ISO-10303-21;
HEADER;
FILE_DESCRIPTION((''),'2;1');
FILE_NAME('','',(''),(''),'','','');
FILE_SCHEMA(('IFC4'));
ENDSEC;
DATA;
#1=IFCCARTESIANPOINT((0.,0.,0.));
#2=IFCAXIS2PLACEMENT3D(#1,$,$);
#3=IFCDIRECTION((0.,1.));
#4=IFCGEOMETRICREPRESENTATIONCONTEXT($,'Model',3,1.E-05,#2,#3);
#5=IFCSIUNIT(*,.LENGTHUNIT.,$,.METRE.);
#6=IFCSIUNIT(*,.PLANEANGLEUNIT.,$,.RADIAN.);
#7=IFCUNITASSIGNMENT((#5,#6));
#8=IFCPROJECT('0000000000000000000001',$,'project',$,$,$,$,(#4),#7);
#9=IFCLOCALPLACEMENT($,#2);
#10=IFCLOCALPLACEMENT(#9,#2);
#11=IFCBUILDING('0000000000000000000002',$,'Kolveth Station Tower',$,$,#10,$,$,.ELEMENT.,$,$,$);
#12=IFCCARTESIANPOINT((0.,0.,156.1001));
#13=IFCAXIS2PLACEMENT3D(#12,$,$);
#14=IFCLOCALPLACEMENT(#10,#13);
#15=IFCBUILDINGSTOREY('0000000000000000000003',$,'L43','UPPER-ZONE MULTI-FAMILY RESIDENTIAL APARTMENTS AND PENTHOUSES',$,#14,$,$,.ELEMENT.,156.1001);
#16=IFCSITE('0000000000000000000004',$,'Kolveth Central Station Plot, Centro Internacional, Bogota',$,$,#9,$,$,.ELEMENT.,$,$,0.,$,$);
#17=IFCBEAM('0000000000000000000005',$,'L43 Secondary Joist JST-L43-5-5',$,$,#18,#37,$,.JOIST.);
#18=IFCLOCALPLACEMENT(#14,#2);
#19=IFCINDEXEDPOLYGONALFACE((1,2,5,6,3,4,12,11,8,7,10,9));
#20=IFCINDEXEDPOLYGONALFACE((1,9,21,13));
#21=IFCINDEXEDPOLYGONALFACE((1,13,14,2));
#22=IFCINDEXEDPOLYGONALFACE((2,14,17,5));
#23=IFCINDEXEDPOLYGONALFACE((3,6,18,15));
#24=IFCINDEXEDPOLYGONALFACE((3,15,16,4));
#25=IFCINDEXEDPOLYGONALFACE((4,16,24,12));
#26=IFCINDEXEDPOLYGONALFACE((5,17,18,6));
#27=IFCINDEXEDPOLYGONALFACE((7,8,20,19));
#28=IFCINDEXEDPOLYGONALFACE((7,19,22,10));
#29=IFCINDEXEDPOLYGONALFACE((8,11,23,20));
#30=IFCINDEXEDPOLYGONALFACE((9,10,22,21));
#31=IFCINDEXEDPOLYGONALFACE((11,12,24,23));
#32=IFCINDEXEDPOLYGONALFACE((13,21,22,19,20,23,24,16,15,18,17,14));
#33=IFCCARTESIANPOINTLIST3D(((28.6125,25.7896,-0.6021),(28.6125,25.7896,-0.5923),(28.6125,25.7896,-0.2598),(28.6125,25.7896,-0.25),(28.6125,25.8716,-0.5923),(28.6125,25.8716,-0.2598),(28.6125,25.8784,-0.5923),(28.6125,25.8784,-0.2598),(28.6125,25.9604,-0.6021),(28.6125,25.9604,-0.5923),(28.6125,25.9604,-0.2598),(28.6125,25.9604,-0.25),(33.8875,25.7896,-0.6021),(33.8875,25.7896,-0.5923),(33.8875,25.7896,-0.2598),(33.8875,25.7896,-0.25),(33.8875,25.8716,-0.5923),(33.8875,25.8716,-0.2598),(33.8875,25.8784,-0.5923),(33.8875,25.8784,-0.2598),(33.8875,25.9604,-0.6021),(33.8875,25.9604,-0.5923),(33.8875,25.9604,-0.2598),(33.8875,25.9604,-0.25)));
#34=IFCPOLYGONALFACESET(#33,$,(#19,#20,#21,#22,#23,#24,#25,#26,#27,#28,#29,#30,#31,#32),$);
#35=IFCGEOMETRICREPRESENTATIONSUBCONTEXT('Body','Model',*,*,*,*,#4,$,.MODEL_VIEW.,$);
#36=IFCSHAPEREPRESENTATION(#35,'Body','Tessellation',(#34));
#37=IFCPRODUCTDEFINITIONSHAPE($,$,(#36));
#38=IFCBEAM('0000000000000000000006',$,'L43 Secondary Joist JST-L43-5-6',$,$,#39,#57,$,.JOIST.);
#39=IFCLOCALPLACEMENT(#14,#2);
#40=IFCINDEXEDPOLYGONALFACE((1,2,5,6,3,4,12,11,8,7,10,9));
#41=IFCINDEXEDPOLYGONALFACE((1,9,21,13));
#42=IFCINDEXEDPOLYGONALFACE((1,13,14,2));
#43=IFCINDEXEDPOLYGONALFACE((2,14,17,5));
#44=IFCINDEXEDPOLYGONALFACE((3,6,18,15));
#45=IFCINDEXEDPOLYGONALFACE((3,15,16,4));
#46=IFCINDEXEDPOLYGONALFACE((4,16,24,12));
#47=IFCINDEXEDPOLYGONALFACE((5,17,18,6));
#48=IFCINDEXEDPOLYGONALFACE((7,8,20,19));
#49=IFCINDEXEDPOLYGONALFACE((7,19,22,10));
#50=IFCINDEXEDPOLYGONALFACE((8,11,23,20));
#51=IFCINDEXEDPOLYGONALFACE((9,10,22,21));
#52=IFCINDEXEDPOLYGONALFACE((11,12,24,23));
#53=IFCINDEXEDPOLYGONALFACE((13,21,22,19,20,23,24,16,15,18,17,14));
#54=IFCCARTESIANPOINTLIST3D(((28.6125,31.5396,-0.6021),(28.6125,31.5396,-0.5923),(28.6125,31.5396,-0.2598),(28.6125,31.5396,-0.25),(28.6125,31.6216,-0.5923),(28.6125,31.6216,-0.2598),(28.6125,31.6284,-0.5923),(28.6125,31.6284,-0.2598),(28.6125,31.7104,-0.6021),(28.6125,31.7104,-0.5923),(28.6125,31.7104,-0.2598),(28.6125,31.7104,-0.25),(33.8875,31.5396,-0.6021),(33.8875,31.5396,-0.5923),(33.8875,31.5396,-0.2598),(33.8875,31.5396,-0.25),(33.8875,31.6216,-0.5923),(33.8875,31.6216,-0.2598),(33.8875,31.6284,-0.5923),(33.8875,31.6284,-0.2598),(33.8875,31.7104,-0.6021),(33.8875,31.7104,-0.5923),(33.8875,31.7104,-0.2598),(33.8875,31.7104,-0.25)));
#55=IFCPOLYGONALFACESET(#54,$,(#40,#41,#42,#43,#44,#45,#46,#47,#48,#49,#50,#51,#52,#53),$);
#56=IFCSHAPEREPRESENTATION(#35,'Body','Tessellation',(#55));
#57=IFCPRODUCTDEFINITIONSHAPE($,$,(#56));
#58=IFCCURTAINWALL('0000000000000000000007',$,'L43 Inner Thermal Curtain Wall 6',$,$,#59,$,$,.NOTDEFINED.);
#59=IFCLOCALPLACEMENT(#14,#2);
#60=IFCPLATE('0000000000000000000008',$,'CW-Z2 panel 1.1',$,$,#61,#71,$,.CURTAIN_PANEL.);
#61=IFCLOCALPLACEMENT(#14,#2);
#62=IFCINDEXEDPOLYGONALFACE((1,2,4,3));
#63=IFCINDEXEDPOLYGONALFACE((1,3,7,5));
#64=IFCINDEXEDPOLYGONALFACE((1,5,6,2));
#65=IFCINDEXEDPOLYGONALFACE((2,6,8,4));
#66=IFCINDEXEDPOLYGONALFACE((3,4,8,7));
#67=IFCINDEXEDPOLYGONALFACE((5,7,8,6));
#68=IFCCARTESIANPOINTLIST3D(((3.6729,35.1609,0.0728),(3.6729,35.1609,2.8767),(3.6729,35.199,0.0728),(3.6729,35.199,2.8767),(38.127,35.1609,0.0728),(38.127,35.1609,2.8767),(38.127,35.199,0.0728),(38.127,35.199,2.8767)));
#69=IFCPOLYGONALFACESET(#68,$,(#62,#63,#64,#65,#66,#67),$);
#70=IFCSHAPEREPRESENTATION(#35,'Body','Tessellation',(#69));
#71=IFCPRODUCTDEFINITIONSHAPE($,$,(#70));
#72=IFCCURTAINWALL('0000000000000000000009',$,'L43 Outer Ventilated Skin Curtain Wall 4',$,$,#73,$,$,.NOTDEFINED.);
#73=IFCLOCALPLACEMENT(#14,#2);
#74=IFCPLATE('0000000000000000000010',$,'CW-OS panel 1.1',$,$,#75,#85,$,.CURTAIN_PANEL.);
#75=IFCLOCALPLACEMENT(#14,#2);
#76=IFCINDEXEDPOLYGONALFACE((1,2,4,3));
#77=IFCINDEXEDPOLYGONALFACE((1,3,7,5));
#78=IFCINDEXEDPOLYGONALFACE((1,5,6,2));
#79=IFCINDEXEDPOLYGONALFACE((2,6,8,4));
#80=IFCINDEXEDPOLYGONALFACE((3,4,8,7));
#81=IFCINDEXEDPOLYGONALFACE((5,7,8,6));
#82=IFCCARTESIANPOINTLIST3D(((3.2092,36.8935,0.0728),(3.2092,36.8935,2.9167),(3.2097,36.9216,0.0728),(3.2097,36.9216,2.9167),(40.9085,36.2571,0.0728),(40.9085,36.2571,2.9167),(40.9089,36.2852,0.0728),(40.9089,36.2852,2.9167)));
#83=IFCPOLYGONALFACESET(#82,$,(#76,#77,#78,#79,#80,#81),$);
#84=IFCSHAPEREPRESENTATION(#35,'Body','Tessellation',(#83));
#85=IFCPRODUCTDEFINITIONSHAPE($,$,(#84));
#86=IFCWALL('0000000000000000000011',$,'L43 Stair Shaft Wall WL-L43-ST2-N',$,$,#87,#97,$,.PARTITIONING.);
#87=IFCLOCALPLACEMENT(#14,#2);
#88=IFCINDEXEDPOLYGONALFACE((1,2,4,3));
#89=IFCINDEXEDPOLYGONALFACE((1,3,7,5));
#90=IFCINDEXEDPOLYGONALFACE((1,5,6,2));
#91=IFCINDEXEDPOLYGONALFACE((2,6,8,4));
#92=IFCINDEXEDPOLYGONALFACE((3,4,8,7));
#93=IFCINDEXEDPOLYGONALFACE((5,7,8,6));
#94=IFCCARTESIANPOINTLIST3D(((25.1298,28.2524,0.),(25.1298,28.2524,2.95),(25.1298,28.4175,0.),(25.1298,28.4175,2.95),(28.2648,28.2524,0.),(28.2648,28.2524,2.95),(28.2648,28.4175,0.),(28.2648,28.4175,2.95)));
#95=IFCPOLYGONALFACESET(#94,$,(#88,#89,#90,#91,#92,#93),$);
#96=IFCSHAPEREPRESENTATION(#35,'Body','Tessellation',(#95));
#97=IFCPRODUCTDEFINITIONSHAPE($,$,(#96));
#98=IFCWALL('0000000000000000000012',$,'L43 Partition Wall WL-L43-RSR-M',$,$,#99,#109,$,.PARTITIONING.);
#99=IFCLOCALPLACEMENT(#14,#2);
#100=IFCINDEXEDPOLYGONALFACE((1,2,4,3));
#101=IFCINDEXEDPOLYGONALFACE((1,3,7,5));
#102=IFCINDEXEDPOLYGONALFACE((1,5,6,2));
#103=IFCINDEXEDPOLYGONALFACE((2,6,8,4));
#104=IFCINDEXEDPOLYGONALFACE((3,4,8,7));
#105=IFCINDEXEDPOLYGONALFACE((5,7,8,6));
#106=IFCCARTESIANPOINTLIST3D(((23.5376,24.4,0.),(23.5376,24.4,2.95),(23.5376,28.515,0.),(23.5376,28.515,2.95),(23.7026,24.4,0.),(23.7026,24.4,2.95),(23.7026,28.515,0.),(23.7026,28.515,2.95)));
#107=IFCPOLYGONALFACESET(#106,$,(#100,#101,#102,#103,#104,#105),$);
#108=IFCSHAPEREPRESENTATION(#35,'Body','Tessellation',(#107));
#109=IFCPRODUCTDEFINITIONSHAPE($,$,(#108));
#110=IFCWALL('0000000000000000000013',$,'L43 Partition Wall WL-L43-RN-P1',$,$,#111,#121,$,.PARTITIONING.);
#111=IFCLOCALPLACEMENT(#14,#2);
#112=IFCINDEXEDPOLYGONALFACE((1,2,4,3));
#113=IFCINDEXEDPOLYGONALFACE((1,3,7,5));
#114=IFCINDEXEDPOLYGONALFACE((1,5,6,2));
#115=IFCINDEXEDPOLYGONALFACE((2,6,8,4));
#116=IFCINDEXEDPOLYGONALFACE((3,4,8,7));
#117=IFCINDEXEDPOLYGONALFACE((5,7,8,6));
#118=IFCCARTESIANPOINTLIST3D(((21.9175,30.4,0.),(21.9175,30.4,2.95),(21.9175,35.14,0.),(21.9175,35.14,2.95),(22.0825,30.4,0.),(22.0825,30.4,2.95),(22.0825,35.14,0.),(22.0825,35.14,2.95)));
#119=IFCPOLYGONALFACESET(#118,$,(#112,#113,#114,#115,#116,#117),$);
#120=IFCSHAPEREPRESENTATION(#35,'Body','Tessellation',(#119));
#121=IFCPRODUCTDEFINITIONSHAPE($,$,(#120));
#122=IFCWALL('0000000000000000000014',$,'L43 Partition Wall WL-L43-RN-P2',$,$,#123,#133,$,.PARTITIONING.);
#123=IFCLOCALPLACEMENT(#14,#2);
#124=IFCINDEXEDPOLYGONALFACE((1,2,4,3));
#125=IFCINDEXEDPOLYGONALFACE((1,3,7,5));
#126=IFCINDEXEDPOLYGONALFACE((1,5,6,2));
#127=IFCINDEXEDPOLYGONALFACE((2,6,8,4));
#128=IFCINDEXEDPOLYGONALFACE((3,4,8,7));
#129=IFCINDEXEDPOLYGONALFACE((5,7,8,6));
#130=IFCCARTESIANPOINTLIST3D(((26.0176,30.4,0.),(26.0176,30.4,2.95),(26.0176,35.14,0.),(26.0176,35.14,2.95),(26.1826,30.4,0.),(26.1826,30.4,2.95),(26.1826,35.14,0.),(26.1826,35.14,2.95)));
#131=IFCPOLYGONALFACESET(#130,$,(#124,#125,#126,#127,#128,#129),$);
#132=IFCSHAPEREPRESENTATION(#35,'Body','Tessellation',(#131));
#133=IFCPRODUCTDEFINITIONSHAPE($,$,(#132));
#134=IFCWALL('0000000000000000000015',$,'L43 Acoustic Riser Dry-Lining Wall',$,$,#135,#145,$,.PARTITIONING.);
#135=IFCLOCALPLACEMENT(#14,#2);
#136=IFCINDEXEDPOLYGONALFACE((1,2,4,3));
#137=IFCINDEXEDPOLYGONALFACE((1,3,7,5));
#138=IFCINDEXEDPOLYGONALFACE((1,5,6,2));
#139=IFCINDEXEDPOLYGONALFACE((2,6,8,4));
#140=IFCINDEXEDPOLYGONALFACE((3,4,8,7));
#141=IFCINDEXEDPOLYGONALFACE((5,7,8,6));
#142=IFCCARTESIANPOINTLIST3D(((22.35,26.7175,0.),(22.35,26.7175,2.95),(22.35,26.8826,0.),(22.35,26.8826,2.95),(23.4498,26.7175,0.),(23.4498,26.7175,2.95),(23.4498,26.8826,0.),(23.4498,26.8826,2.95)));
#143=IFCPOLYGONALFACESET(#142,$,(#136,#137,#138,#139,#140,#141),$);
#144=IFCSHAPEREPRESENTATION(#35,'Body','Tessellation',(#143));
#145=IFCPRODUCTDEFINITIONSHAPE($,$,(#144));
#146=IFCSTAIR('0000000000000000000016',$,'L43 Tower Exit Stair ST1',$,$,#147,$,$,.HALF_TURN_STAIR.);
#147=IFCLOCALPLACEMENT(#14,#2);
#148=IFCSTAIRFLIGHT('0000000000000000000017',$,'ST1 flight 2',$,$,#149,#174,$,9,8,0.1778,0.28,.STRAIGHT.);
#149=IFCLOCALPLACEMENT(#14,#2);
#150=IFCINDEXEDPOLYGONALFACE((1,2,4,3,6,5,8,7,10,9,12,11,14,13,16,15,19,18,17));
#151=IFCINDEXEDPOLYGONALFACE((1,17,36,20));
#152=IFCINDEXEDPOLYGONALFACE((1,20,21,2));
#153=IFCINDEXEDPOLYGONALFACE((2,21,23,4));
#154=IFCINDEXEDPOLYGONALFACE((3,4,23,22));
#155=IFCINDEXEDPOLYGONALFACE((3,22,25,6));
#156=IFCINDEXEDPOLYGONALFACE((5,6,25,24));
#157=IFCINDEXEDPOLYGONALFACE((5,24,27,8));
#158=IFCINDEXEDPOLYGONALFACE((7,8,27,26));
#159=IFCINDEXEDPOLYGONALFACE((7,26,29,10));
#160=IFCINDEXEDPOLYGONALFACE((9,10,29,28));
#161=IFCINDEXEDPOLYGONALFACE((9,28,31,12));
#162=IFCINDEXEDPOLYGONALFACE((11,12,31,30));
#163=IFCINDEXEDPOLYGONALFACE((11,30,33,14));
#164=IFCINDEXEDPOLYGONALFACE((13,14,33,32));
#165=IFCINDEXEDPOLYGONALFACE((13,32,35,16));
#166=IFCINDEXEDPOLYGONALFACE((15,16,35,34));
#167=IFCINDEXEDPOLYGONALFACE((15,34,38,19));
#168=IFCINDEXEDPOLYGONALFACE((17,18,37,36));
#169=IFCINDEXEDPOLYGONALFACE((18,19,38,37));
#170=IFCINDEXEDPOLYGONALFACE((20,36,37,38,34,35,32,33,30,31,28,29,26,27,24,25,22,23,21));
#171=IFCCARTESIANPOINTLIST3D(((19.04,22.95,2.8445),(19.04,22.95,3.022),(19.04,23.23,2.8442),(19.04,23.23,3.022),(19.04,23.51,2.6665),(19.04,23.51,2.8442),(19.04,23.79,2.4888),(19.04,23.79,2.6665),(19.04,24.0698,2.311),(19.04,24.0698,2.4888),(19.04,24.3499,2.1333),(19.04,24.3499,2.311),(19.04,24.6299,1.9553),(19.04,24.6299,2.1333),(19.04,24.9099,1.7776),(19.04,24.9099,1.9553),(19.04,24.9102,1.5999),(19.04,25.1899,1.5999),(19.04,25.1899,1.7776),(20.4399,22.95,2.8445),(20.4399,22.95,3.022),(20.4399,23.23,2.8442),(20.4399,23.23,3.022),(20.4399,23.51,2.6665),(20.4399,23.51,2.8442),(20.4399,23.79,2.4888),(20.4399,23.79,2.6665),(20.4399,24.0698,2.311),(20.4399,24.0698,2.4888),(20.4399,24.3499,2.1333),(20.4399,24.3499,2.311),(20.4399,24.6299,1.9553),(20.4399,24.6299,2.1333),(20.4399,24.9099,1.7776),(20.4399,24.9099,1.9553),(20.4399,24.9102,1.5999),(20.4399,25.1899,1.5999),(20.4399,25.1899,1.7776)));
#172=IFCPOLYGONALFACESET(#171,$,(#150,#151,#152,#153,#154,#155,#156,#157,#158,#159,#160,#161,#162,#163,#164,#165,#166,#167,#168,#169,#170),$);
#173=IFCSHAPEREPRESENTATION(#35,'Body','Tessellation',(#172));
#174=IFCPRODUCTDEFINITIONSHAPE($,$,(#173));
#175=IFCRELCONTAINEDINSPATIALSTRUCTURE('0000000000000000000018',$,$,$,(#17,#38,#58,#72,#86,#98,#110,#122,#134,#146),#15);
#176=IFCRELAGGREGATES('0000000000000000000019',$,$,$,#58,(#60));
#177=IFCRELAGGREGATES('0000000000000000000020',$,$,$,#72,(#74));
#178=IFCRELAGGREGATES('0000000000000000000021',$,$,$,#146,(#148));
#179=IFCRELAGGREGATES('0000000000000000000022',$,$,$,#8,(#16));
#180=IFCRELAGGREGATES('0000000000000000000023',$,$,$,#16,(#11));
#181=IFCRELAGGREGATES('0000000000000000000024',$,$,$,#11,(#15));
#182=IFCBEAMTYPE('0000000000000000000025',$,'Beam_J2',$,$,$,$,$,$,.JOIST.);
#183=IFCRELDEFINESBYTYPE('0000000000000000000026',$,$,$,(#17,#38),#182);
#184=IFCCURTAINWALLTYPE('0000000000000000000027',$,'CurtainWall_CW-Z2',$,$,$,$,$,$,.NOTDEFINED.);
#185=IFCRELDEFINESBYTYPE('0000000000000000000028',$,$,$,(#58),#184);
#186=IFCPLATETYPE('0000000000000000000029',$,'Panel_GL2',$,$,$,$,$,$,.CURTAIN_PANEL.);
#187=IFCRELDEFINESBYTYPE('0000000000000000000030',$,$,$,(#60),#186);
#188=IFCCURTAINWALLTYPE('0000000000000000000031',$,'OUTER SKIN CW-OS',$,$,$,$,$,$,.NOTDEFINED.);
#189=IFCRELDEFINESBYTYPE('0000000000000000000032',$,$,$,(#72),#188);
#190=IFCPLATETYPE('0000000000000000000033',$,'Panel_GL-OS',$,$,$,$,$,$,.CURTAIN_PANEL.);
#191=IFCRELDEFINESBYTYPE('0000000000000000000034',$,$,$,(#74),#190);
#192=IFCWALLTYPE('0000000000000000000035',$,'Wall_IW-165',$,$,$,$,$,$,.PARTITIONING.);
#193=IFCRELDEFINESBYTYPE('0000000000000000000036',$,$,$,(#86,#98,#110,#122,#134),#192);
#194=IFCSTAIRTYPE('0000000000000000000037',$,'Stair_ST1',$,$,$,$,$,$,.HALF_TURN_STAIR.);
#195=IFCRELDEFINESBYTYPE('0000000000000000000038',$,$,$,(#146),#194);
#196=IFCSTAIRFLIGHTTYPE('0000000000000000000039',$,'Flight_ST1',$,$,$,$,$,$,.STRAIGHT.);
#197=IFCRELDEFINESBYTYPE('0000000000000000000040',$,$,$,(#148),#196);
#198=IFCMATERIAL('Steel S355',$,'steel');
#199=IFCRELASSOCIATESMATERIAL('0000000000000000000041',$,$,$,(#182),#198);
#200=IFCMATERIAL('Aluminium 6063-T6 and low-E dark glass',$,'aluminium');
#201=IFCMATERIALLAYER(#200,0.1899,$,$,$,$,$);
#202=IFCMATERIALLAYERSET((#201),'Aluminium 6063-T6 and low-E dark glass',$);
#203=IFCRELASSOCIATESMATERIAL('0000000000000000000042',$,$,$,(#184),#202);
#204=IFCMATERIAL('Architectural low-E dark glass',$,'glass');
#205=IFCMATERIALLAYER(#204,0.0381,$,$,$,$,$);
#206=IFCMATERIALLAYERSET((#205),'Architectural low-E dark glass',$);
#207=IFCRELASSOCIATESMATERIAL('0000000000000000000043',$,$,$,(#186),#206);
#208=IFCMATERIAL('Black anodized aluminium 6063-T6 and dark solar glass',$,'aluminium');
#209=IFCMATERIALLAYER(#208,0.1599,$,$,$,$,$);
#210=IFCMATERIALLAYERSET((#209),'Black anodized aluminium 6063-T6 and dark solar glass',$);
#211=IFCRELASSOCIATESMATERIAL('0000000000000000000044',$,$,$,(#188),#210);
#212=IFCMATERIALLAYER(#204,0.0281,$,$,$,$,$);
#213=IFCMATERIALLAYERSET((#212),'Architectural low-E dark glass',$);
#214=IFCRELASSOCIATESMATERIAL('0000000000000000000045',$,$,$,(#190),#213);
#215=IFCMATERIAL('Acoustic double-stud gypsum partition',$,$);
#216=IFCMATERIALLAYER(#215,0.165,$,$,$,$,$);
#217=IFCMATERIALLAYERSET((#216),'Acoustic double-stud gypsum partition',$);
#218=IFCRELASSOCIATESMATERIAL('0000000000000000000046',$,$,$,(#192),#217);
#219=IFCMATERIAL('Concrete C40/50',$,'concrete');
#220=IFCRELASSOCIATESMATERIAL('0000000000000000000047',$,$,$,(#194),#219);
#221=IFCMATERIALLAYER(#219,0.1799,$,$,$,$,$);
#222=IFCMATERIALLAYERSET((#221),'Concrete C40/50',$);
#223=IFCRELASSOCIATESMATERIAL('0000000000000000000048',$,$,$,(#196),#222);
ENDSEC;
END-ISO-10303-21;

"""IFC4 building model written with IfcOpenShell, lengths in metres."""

from ifc_helpers import new_model, si_unit, direction, frame, frame_2d, origin, origin_2d, place, context, subcontext, project, spatial, polyline, rectangle, i_section, outline, extrude, source, transform, mapped, material, layer, layer_set, material_profile, profile_set, type_object, element, aggregate, save


model = new_model("IFC4")

# Units and contexts
model_context = context("Model", 3, precision=1e-05, world=origin(), true_north=direction((0.0, 1.0)))
body_context = subcontext(model_context, "Body", "Model", "MODEL_VIEW")
ifc_project = project(units=[si_unit("LENGTHUNIT", "METRE"), si_unit("PLANEANGLEUNIT", "RADIAN")], contexts=[model_context])

# Site, building, storey
site_placement = place(None, origin())
site = spatial("IfcSite", under=ifc_project, at=site_placement, Name="Kolveth Central Station Plot, Centro Internacional, Bogota", CompositionType="ELEMENT", RefElevation=0.0)
building_placement = place(site_placement, origin())
building = spatial("IfcBuilding", under=site, at=building_placement, Name="Kolveth Station Tower", CompositionType="ELEMENT")
storey_placement = place(building_placement, frame((0.0, 0.0, 156.1001)))
storey = spatial("IfcBuildingStorey", under=building, at=storey_placement, Name="L43", Description="UPPER-ZONE MULTI-FAMILY RESIDENTIAL APARTMENTS AND PENTHOUSES", CompositionType="ELEMENT", Elevation=156.1001)

# Shared definitions
ifc_material_1 = material(Name="Steel S355", Category="steel")

# Beams
ifc_material_profile_1 = material_profile(ifc_material_1, i_section(OverallWidth=0.1709, OverallDepth=0.3521, WebThickness=0.0068, FlangeThickness=0.0098, at=origin_2d()), Name="W360x44")
ifc_profile_set_1 = profile_set([ifc_material_profile_1], Name="Steel S355")
beam_type_1 = type_object("IfcBeamType", Name="Beam_J2", PredefinedType="JOIST", material=ifc_profile_set_1)
shared_shape_1 = source(origin(), body_context, "Body", "SweptSolid", [
    extrude(i_section(OverallWidth=0.1709, OverallDepth=0.3521, WebThickness=0.0068, FlangeThickness=0.0098, at=origin_2d()), origin(), (0.0, 0.0, 1.0), 5.2749),
])
for number, where, z_axis, x_axis, name in (
    (1, (28.6125, 25.875, -0.426), (1.0, 0.0, 0.0), (0.0, 1.0, 0.0), "L43 Secondary Joist JST-L43-5-5"),
    (2, (28.6125, 31.625, -0.426), (1.0, 0.0, 0.0), (0.0, 1.0, 0.0), "L43 Secondary Joist JST-L43-5-6"),
):
    element("IfcBeam", number, at=place(storey_placement, frame(where, z_axis=z_axis, x_axis=x_axis)), inside=storey, type_object=beam_type_1, Name=name, PredefinedType="JOIST", context=body_context, shape_type="MappedRepresentation", body=[
        mapped(shared_shape_1, transform((0.0, 0.0, 0.0), x_axis=(1.0, 0.0, 0.0), y_axis=(0.0, 1.0, 0.0), z_axis=(0.0, 0.0, 1.0), scale=1.0)),
    ])

# Curtain walls, plates
ifc_material_2 = material(Name="Aluminium 6063-T6 and low-E dark glass", Category="aluminium")
ifc_layer_1 = layer(ifc_material_2, 0.1899)
ifc_layer_set_1 = layer_set([ifc_layer_1], Name="Aluminium 6063-T6 and low-E dark glass")
curtain_wall_type_1 = type_object("IfcCurtainWallType", Name="CurtainWall_CW-Z2", PredefinedType="NOTDEFINED", material=ifc_layer_set_1)
curtain_wall_1_placement = place(storey_placement, origin())
curtain_wall_1 = element("IfcCurtainWall", 3, at=curtain_wall_1_placement, inside=storey, type_object=curtain_wall_type_1, Name="L43 Inner Thermal Curtain Wall 6", PredefinedType="NOTDEFINED")
ifc_material_3 = material(Name="Architectural low-E dark glass", Category="glass")
ifc_layer_2 = layer(ifc_material_3, 0.0381)
ifc_layer_set_2 = layer_set([ifc_layer_2], Name="Architectural low-E dark glass")
plate_type_1 = type_object("IfcPlateType", Name="Panel_GL2", PredefinedType="CURTAIN_PANEL", material=ifc_layer_set_2)
shared_shape_2 = source(origin(), body_context, "Body", "SweptSolid", [
    extrude(rectangle(XDim=34.4541, YDim=0.0381, at=origin_2d()), origin(), (0.0, 0.0, 1.0), 2.804),
])
plate_1_placement = place(storey_placement, frame((20.8999, 35.1799, 0.0728), z_axis=(0.0, 0.0, 1.0), x_axis=(-1.0, 0.0, 0.0)))
plate_1 = element("IfcPlate", 4, at=plate_1_placement, type_object=plate_type_1, Name="CW-Z2 panel 1.1", PredefinedType="CURTAIN_PANEL", context=body_context, shape_type="MappedRepresentation", body=[
    mapped(shared_shape_2, transform((0.0, 0.0, 0.0), x_axis=(1.0, 0.0, 0.0), y_axis=(0.0, 1.0, 0.0), z_axis=(0.0, 0.0, 1.0), scale=1.0)),
])
aggregate(curtain_wall_1, [plate_1])
ifc_material_4 = material(Name="Black anodized aluminium 6063-T6 and dark solar glass", Category="aluminium")
ifc_layer_3 = layer(ifc_material_4, 0.1599)
ifc_layer_set_3 = layer_set([ifc_layer_3], Name="Black anodized aluminium 6063-T6 and dark solar glass")
curtain_wall_type_2 = type_object("IfcCurtainWallType", Name="OUTER SKIN CW-OS", PredefinedType="NOTDEFINED", material=ifc_layer_set_3)
curtain_wall_2_placement = place(storey_placement, origin())
curtain_wall_2 = element("IfcCurtainWall", 5, at=curtain_wall_2_placement, inside=storey, type_object=curtain_wall_type_2, Name="L43 Outer Ventilated Skin Curtain Wall 4", PredefinedType="NOTDEFINED")
ifc_layer_4 = layer(ifc_material_3, 0.0281)
ifc_layer_set_4 = layer_set([ifc_layer_4], Name="Architectural low-E dark glass")
plate_type_2 = type_object("IfcPlateType", Name="Panel_GL-OS", PredefinedType="CURTAIN_PANEL", material=ifc_layer_set_4)
shared_shape_3 = source(origin(), body_context, "Body", "SweptSolid", [
    extrude(rectangle(XDim=37.7046, YDim=0.0281, at=origin_2d()), origin(), (0.0, 0.0, 1.0), 2.844),
])
plate_2_placement = place(storey_placement, frame((22.0591, 36.5894, 0.0728), z_axis=(0.0, 0.0, 1.0), x_axis=(-0.999858, 0.016878, 0.0)))
plate_2 = element("IfcPlate", 6, at=plate_2_placement, type_object=plate_type_2, Name="CW-OS panel 1.1", PredefinedType="CURTAIN_PANEL", context=body_context, shape_type="MappedRepresentation", body=[
    mapped(shared_shape_3, transform((0.0, 0.0, 0.0), x_axis=(1.0, 0.0, 0.0), y_axis=(0.0, 1.0, 0.0), z_axis=(0.0, 0.0, 1.0), scale=1.0)),
])
aggregate(curtain_wall_2, [plate_2])

# Walls
ifc_material_5 = material(Name="Acoustic double-stud gypsum partition")
ifc_layer_5 = layer(ifc_material_5, 0.165)
ifc_layer_set_5 = layer_set([ifc_layer_5], Name="Acoustic double-stud gypsum partition")
wall_type = type_object("IfcWallType", Name="Wall_IW-165", PredefinedType="PARTITIONING", material=ifc_layer_set_5)
wall_1_placement = place(storey_placement, frame((25.1299, 28.335, 0.0), z_axis=(0.0, 0.0, 1.0), x_axis=(1.0, 0.0, 0.0)))
element("IfcWall", 7, at=wall_1_placement, inside=storey, type_object=wall_type, Name="L43 Stair Shaft Wall WL-L43-ST2-N", PredefinedType="PARTITIONING", context=body_context, shape_type="SweptSolid", body=[
    extrude(rectangle(XDim=3.135, YDim=0.165, at=frame_2d((1.5674, 0.0))), origin(), (0.0, 0.0, 1.0), 2.95),
])
wall_2_placement = place(storey_placement, frame((23.6201, 24.3999, 0.0), z_axis=(0.0, 0.0, 1.0), x_axis=(0.0, 1.0, 0.0)))
element("IfcWall", 8, at=wall_2_placement, inside=storey, type_object=wall_type, Name="L43 Partition Wall WL-L43-RSR-M", PredefinedType="PARTITIONING", context=body_context, shape_type="SweptSolid", body=[
    extrude(rectangle(XDim=4.115, YDim=0.165, at=frame_2d((2.0576, 0.0))), origin(), (0.0, 0.0, 1.0), 2.95),
])
for number, where, z_axis, x_axis, name in (
    (9, (22.0, 30.3999, 0.0), (0.0, 0.0, 1.0), (0.0, 1.0, 0.0), "L43 Partition Wall WL-L43-RN-P1"),
    (10, (26.1001, 30.3999, 0.0), (0.0, 0.0, 1.0), (0.0, 1.0, 0.0), "L43 Partition Wall WL-L43-RN-P2"),
):
    element("IfcWall", number, at=place(storey_placement, frame(where, z_axis=z_axis, x_axis=x_axis)), inside=storey, type_object=wall_type, Name=name, PredefinedType="PARTITIONING", context=body_context, shape_type="SweptSolid", body=[
        extrude(rectangle(XDim=4.74, YDim=0.165, at=frame_2d((2.3701, 0.0))), origin(), (0.0, 0.0, 1.0), 2.95),
    ])
wall_3_placement = place(storey_placement, frame((22.3501, 26.8, 0.0), z_axis=(0.0, 0.0, 1.0), x_axis=(1.0, 0.0, 0.0)))
element("IfcWall", 11, at=wall_3_placement, inside=storey, type_object=wall_type, Name="L43 Acoustic Riser Dry-Lining Wall", PredefinedType="PARTITIONING", context=body_context, shape_type="SweptSolid", body=[
    extrude(rectangle(XDim=1.0999, YDim=0.165, at=frame_2d((0.5498, 0.0))), origin(), (0.0, 0.0, 1.0), 2.95),
])

# Stair, stair flight
ifc_material_6 = material(Name="Concrete C40/50", Category="concrete")
stair_type_1 = type_object("IfcStairType", Name="Stair_ST1", PredefinedType="HALF_TURN_STAIR", material=ifc_material_6)
stair_1_placement = place(storey_placement, origin())
stair_1 = element("IfcStair", 12, at=stair_1_placement, inside=storey, type_object=stair_type_1, Name="L43 Tower Exit Stair ST1", PredefinedType="HALF_TURN_STAIR")
ifc_layer_6 = layer(ifc_material_6, 0.1799)
ifc_layer_set_6 = layer_set([ifc_layer_6], Name="Concrete C40/50")
stair_flight_type_1 = type_object("IfcStairFlightType", Name="Flight_ST1", PredefinedType="STRAIGHT", material=ifc_layer_set_6)
stair_flight_1_placement = place(storey_placement, frame((19.74, 25.1899, 1.5999), z_axis=(0.0, 0.0, 1.0), x_axis=(0.0, -1.0, 0.0)))
stair_flight_1 = element("IfcStairFlight", 13, at=stair_flight_1_placement, type_object=stair_flight_type_1, Name="ST1 flight 2", NumberOfRisers=9, NumberOfTreads=8, PredefinedType="STRAIGHT", RiserHeight=0.1778, TreadLength=0.28, context=body_context, shape_type="SweptSolid", body=[
    extrude(outline(polyline([(0.0, 0.0), (0.0, 0.1777), (0.28, 0.1777), (0.28, 0.3555), (0.5601, 0.3555), (0.5601, 0.5334), (0.8401, 0.5334), (0.8401, 0.7112), (1.1201, 0.7112), (1.1201, 0.8889), (1.3999, 0.8889), (1.3999, 1.0667), (1.6799, 1.0667), (1.6799, 1.2444), (1.96, 1.2444), (1.96, 1.4221), (2.24, 1.4221), (2.24, 1.6001), (2.24, 1.2446), (0.2798, 0.0), (0.0, 0.0)])), frame((0.0, 0.7, 0.0), z_axis=(0.0, -1.0, 0.0), x_axis=(1.0, 0.0, 0.0)), (0.0, 0.0, 1.0), 1.3999),
])
aggregate(stair_1, [stair_flight_1])

save(model, "model.ifc")
